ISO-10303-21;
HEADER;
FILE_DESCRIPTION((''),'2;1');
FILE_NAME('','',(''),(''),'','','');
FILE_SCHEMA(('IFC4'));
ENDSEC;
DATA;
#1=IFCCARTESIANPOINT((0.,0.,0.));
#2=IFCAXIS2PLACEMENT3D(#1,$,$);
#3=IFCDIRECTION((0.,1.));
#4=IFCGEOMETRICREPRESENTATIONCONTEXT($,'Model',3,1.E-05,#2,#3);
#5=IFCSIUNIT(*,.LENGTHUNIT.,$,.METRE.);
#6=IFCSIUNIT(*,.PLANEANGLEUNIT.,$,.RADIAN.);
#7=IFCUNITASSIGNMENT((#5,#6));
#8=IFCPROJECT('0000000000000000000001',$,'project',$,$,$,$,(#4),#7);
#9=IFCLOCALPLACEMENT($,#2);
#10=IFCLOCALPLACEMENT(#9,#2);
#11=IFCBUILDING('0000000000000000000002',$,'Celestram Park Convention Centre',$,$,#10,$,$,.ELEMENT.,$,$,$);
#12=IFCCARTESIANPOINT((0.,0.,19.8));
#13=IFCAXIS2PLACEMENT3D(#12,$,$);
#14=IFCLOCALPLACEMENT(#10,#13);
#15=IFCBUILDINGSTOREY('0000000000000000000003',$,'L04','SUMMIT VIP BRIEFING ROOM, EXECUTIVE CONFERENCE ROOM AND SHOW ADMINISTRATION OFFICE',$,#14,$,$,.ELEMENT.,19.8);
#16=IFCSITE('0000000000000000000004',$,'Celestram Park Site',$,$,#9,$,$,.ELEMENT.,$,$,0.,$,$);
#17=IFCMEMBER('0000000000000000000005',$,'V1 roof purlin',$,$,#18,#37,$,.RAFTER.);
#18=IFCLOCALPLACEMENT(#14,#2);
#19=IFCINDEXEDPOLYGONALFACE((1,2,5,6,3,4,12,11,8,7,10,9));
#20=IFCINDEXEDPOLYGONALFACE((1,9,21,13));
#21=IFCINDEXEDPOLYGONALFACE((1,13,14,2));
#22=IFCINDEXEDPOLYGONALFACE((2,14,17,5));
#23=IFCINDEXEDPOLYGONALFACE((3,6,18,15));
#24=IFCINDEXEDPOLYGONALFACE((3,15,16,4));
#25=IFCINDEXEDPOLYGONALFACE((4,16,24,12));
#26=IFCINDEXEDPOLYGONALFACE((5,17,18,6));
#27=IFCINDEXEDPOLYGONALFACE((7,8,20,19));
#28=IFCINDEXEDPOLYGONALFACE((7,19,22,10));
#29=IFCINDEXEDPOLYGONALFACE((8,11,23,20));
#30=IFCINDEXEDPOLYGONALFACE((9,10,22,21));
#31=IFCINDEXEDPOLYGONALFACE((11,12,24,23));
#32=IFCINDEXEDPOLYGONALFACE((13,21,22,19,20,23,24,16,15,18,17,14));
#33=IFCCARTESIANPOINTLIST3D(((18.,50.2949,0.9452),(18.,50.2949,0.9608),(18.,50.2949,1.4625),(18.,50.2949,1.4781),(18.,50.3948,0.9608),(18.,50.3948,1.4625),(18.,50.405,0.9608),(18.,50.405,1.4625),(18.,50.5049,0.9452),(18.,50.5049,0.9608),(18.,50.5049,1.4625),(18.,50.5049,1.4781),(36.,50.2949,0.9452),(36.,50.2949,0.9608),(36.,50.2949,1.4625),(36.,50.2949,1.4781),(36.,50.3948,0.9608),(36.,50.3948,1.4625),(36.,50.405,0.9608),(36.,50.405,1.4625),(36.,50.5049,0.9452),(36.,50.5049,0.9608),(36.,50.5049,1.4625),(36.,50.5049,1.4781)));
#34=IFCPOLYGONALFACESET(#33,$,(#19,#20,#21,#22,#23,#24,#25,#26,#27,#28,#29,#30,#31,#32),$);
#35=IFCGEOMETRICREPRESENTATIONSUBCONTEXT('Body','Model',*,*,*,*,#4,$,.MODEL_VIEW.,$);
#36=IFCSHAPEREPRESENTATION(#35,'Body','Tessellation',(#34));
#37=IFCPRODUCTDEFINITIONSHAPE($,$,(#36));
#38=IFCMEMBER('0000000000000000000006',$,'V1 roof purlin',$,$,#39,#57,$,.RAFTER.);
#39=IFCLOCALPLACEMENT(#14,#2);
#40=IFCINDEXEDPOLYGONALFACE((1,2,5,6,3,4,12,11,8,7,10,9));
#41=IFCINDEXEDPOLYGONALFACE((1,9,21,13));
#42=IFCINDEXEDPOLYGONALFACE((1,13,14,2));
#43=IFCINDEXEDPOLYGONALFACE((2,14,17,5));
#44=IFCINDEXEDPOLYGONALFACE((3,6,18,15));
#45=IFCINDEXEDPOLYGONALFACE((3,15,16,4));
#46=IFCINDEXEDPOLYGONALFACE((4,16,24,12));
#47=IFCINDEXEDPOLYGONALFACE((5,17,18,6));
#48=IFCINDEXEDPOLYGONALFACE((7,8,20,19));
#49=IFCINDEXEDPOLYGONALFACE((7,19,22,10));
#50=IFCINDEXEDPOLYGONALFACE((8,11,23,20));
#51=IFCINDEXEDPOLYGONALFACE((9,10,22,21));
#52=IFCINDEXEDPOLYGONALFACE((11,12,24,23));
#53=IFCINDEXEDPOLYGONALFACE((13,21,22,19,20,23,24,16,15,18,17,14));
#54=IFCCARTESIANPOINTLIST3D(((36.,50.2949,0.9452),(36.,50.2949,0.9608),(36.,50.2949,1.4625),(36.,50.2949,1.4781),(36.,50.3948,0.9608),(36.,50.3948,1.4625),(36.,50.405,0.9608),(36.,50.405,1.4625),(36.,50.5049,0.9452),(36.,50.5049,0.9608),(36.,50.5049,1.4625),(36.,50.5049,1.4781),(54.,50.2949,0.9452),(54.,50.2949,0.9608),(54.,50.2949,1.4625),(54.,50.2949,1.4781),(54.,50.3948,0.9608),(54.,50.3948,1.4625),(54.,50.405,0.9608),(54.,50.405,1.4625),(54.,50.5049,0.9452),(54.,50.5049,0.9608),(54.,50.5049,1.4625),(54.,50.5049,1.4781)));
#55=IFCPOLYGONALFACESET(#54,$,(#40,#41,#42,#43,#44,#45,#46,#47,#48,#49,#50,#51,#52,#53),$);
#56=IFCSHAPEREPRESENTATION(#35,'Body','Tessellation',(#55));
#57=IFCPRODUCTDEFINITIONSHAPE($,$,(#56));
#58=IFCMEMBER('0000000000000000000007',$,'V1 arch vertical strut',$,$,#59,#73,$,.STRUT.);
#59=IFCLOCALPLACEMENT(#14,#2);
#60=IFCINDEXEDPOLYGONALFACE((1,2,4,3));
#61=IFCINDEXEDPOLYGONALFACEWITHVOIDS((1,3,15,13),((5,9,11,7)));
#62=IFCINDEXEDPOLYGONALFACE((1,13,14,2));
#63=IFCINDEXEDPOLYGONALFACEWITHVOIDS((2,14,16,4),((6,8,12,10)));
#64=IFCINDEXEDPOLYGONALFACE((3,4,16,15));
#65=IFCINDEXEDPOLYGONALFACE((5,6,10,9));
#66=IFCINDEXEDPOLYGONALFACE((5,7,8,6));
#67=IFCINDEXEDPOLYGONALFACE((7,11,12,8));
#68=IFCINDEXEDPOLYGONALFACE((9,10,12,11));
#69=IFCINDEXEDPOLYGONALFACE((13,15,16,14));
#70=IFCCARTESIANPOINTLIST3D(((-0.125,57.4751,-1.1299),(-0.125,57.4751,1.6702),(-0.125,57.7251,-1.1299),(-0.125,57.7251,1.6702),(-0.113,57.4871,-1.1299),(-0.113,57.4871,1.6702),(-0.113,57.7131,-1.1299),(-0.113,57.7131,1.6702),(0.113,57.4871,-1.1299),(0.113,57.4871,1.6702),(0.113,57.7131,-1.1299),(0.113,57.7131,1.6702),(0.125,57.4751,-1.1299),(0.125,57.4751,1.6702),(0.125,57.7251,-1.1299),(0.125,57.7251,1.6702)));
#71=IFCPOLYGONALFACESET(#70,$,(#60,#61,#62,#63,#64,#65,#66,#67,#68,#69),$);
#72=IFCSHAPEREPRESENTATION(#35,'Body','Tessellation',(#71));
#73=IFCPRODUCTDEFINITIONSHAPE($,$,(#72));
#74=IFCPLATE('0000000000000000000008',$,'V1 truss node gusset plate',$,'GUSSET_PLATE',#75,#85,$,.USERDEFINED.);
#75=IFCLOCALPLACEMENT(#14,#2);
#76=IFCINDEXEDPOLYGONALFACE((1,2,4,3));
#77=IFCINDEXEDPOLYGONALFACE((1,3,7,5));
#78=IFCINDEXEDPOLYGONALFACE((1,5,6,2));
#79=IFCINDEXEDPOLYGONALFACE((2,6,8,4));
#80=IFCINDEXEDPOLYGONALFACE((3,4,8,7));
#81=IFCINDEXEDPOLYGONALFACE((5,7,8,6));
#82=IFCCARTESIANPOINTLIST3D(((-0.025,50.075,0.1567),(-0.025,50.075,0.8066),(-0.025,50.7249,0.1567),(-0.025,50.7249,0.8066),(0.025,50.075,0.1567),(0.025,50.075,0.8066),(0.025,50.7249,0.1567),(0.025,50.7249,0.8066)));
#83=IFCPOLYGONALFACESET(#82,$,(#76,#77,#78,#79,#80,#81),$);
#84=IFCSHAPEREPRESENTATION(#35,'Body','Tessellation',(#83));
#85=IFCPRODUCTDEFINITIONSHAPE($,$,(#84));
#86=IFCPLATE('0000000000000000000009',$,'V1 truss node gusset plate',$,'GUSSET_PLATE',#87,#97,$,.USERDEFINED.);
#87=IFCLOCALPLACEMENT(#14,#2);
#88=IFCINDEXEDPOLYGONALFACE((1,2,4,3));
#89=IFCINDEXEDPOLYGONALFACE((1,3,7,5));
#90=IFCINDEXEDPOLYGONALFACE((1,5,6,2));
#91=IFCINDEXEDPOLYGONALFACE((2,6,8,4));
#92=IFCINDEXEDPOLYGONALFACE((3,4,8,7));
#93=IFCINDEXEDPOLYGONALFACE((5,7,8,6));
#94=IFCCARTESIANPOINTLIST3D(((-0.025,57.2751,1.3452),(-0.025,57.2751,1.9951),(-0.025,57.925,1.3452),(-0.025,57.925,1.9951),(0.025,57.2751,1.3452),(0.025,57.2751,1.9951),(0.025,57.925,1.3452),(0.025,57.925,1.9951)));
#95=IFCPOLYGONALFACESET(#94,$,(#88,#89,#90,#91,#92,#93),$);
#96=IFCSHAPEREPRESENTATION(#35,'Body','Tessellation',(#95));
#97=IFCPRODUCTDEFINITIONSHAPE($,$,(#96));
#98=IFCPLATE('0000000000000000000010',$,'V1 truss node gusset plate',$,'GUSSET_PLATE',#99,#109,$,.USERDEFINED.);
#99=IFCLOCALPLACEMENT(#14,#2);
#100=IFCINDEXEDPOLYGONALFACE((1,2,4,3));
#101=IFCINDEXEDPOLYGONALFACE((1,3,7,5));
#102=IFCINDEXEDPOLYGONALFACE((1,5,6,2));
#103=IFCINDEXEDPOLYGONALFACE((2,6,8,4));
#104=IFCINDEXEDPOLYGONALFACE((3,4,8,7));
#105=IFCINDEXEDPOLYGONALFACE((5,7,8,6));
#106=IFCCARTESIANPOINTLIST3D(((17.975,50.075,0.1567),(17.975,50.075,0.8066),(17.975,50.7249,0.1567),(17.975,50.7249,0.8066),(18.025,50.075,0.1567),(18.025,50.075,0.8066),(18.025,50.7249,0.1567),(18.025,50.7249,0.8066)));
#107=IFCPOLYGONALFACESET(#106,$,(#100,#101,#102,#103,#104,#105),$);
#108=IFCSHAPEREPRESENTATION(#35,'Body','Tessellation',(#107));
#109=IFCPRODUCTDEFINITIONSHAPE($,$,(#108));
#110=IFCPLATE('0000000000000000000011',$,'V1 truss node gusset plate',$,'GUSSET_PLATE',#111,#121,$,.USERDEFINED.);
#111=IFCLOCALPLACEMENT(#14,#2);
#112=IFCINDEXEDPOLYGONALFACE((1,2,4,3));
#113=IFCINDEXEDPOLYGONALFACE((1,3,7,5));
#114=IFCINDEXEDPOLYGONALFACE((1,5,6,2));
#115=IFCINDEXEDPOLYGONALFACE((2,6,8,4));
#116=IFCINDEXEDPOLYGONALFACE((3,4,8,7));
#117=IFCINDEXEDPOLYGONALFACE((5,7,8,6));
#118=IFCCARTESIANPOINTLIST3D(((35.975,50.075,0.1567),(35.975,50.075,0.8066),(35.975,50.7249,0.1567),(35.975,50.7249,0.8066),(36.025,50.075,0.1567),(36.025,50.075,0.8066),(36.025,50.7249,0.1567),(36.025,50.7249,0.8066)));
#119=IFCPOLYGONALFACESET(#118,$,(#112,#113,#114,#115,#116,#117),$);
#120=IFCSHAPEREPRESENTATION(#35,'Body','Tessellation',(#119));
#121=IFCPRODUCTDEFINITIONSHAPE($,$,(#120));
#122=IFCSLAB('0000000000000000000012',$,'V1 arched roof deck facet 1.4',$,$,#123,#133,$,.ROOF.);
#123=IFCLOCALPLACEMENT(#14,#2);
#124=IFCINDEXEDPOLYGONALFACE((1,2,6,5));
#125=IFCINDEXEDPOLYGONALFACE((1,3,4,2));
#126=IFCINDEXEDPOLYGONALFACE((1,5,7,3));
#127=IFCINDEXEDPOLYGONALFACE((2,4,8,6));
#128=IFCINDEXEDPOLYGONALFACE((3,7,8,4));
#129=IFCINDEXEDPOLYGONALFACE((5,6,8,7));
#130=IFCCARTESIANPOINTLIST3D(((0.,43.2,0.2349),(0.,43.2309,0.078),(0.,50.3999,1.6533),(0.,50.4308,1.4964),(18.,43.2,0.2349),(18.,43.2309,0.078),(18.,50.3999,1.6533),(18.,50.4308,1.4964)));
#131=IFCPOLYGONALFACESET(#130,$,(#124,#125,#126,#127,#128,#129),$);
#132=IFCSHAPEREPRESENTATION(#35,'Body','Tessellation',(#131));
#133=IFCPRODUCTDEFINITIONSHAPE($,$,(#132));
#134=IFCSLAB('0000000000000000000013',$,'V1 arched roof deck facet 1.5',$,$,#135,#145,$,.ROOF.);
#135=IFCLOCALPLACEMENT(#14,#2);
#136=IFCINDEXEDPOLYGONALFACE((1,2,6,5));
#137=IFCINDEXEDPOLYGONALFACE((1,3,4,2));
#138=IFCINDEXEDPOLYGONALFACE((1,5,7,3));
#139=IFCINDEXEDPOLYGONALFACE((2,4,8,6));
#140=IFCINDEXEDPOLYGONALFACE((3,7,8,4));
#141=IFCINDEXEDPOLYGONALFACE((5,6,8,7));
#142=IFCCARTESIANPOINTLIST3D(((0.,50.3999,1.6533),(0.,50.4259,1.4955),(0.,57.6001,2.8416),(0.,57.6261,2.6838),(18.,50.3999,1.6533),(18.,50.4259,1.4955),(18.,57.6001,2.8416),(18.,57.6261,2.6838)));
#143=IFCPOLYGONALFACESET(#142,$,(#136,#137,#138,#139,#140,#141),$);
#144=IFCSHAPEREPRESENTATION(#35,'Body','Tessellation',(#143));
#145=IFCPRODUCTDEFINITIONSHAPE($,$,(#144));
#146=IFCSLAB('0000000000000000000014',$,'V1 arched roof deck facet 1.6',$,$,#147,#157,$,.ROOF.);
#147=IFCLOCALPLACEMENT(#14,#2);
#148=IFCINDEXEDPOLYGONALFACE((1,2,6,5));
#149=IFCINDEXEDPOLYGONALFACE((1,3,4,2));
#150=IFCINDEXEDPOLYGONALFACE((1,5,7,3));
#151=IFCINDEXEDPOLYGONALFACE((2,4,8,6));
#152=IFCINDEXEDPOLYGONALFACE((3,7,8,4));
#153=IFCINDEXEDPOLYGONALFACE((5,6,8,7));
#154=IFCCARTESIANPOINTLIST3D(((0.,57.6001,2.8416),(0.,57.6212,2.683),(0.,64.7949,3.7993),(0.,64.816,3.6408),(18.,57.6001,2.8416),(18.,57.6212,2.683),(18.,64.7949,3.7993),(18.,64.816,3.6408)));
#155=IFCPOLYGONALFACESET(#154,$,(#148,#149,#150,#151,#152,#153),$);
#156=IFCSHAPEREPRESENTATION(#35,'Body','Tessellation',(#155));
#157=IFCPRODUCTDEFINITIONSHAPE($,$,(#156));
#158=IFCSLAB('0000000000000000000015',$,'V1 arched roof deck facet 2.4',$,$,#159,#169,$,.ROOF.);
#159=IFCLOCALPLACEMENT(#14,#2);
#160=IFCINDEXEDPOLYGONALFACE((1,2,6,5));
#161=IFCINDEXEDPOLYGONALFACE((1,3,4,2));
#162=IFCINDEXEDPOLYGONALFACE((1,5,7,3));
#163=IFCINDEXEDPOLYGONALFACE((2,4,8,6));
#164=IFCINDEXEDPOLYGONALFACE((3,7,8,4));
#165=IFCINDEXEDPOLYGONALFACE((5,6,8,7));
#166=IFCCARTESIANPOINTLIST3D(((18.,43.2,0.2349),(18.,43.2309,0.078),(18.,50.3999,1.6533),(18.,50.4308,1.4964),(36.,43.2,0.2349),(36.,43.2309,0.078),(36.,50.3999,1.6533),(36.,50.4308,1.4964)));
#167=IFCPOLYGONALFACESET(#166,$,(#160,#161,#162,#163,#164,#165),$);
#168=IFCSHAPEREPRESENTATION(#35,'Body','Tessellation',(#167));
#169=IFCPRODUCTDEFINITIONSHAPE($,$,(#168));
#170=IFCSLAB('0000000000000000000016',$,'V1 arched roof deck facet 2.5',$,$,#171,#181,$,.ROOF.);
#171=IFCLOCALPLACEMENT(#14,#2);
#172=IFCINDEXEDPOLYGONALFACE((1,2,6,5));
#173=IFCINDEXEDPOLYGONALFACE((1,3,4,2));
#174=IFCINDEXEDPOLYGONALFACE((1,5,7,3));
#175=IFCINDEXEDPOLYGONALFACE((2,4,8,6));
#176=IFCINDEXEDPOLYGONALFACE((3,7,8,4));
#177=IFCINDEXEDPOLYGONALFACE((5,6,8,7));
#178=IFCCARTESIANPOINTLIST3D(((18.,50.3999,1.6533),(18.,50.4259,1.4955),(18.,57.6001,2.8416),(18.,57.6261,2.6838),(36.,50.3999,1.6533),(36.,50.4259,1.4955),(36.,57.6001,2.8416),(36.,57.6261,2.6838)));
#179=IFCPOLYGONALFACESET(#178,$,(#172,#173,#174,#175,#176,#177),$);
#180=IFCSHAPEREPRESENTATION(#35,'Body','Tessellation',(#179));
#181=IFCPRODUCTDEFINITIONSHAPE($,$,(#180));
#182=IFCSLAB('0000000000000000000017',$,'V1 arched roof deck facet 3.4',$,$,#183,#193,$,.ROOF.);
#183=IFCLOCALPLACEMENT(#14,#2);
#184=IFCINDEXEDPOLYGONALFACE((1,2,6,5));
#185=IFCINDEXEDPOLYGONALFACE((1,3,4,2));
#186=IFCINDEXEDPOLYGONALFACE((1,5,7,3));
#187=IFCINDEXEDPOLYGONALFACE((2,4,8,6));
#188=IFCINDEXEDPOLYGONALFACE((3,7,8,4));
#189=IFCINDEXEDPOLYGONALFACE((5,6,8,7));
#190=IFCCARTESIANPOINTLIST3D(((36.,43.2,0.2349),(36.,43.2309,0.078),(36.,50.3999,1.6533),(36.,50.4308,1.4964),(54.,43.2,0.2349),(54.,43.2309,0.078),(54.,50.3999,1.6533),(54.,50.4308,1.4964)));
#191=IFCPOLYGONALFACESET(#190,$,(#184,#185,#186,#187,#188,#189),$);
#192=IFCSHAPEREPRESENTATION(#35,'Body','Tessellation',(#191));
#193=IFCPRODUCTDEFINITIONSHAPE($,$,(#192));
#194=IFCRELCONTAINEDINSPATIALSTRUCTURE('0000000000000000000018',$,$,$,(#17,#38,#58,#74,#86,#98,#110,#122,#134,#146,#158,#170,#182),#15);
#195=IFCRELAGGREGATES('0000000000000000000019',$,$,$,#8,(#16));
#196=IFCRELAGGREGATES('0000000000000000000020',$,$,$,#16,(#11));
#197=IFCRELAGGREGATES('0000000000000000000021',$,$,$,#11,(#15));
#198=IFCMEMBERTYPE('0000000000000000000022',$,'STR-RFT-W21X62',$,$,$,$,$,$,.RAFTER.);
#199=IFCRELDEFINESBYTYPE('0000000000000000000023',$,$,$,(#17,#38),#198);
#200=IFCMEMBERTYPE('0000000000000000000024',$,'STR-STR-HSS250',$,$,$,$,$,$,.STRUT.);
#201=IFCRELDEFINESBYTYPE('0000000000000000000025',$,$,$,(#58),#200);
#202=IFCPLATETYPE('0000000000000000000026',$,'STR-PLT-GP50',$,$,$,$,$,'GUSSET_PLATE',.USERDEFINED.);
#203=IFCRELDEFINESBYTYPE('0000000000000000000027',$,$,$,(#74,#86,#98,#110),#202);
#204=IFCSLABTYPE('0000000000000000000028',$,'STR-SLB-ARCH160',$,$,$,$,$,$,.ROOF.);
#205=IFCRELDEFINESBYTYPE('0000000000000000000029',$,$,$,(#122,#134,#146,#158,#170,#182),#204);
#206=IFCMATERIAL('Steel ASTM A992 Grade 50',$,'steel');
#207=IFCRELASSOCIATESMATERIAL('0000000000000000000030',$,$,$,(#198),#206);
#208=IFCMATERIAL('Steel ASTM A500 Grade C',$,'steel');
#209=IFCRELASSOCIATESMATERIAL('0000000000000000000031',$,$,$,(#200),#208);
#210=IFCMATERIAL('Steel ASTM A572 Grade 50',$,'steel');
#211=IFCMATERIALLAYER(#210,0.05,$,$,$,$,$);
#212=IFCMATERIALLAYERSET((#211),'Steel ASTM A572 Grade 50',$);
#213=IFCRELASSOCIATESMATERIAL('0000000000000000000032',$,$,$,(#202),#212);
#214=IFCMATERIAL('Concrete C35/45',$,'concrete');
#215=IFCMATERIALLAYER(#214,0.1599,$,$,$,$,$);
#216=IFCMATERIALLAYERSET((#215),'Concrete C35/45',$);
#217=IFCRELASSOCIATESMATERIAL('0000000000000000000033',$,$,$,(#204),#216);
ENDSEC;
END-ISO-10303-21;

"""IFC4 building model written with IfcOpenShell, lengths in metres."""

from ifc_helpers import new_model, si_unit, direction, frame, origin, origin_2d, place, context, subcontext, project, spatial, polyline, rectangle, hollow_rectangle, i_section, outline, extrude, material, layer, layer_set, material_profile, profile_set, type_object, element, save


model = new_model("IFC4")

# Units and contexts
model_context = context("Model", 3, precision=1e-05, world=origin(), true_north=direction((0.0, 1.0)))
body_context = subcontext(model_context, "Body", "Model", "MODEL_VIEW")
ifc_project = project(units=[si_unit("LENGTHUNIT", "METRE"), si_unit("PLANEANGLEUNIT", "RADIAN")], contexts=[model_context])

# Site, building, storey
site_placement = place(None, origin())
site = spatial("IfcSite", under=ifc_project, at=site_placement, Name="Celestram Park Site", CompositionType="ELEMENT", RefElevation=0.0)
building_placement = place(site_placement, origin())
building = spatial("IfcBuilding", under=site, at=building_placement, Name="Celestram Park Convention Centre", CompositionType="ELEMENT")
storey_placement = place(building_placement, frame((0.0, 0.0, 19.8)))
storey = spatial("IfcBuildingStorey", under=building, at=storey_placement, Name="L04", Description="SUMMIT VIP BRIEFING ROOM, EXECUTIVE CONFERENCE ROOM AND SHOW ADMINISTRATION OFFICE", CompositionType="ELEMENT", Elevation=19.8)

# Members
ifc_material_1 = material(Name="Steel ASTM A500 Grade C", Category="steel")
ifc_material_2 = material(Name="Steel ASTM A992 Grade 50", Category="steel")
ifc_material_profile_1 = material_profile(ifc_material_2, i_section(OverallWidth=0.21, OverallDepth=0.533, WebThickness=0.0103, FlangeThickness=0.0156, at=origin_2d()), Name="W21X62")
ifc_profile_set_1 = profile_set([ifc_material_profile_1], Name="Steel ASTM A992 Grade 50")
member_type_1 = type_object("IfcMemberType", Name="STR-RFT-W21X62", PredefinedType="RAFTER", material=ifc_profile_set_1)
for number, where, z_axis, x_axis, name in (
    (1, (18.0, 50.3999, 1.2117), (1.0, 0.0, 0.0), (0.0, 1.0, 0.0), "V1 roof purlin"),
    (2, (36.0, 50.3999, 1.2117), (1.0, 0.0, 0.0), (0.0, 1.0, 0.0), "V1 roof purlin"),
):
    element("IfcMember", number, at=place(storey_placement, frame(where, z_axis=z_axis, x_axis=x_axis)), inside=storey, type_object=member_type_1, Name=name, PredefinedType="RAFTER", context=body_context, shape_type="SweptSolid", body=[
        extrude(i_section(OverallWidth=0.21, OverallDepth=0.533, WebThickness=0.0103, FlangeThickness=0.0156, at=origin_2d()), origin(), (0.0, 0.0, 1.0), 18.0),
    ])
ifc_material_profile_2 = material_profile(ifc_material_1, hollow_rectangle(XDim=0.25, YDim=0.25, WallThickness=0.012, at=origin_2d()), Name="HSS250X250X12")
ifc_profile_set_2 = profile_set([ifc_material_profile_2], Name="Steel ASTM A500 Grade C")
member_type_2 = type_object("IfcMemberType", Name="STR-STR-HSS250", PredefinedType="STRUT", material=ifc_profile_set_2)
member_1_placement = place(storey_placement, frame((0.0, 57.6001, -1.1299), z_axis=(0.0, 0.0, 1.0), x_axis=(1.0, 0.0, 0.0)))
element("IfcMember", 3, at=member_1_placement, inside=storey, type_object=member_type_2, Name="V1 arch vertical strut", PredefinedType="STRUT", context=body_context, shape_type="SweptSolid", body=[
    extrude(hollow_rectangle(XDim=0.25, YDim=0.25, WallThickness=0.012, at=origin_2d()), origin(), (0.0, 0.0, 1.0), 2.8),
])

# Plates
ifc_material_3 = material(Name="Steel ASTM A572 Grade 50", Category="steel")
ifc_layer_1 = layer(ifc_material_3, 0.05)
ifc_layer_set_1 = layer_set([ifc_layer_1], Name="Steel ASTM A572 Grade 50")
plate_type = type_object("IfcPlateType", Name="STR-PLT-GP50", ElementType="GUSSET_PLATE", PredefinedType="USERDEFINED", material=ifc_layer_set_1)
for number, where, z_axis, x_axis, name in (
    (4, (0.0, 50.3999, 0.1567), (0.0, 0.0, 1.0), (0.0, 1.0, 0.0), "V1 truss node gusset plate"),
    (5, (0.0, 57.6001, 1.3452), (0.0, 0.0, 1.0), (0.0, 1.0, 0.0), "V1 truss node gusset plate"),
    (6, (18.0, 50.3999, 0.1567), (0.0, 0.0, 1.0), (0.0, 1.0, 0.0), "V1 truss node gusset plate"),
    (7, (36.0, 50.3999, 0.1567), (0.0, 0.0, 1.0), (0.0, 1.0, 0.0), "V1 truss node gusset plate"),
):
    element("IfcPlate", number, at=place(storey_placement, frame(where, z_axis=z_axis, x_axis=x_axis)), inside=storey, type_object=plate_type, Name=name, ObjectType="GUSSET_PLATE", PredefinedType="USERDEFINED", context=body_context, shape_type="SweptSolid", body=[
        extrude(rectangle(XDim=0.6499, YDim=0.05, at=origin_2d()), origin(), (0.0, 0.0, 1.0), 0.6499),
    ])

# Slabs
ifc_material_4 = material(Name="Concrete C35/45", Category="concrete")
ifc_layer_2 = layer(ifc_material_4, 0.1599)
ifc_layer_set_2 = layer_set([ifc_layer_2], Name="Concrete C35/45")
slab_type = type_object("IfcSlabType", Name="STR-SLB-ARCH160", PredefinedType="ROOF", material=ifc_layer_set_2)
slab_1_placement = place(storey_placement, frame((0.0, 43.2, 0.2349), z_axis=(0.0, -0.193294, 0.981141), x_axis=(1.0, 0.0, 0.0)))
element("IfcSlab", 8, at=slab_1_placement, inside=storey, type_object=slab_type, Name="V1 arched roof deck facet 1.4", PredefinedType="ROOF", context=body_context, shape_type="SweptSolid", body=[
    extrude(outline(polyline([(0.0, 0.0), (18.0, 0.0), (18.0, 7.3383), (0.0, 7.3383), (0.0, 0.0)])), origin(), (0.0, 0.0, -1.0), 0.1599),
])
slab_2_placement = place(storey_placement, frame((0.0, 50.3999, 1.6533), z_axis=(0.0, -0.162825, 0.986655), x_axis=(1.0, 0.0, 0.0)))
element("IfcSlab", 9, at=slab_2_placement, inside=storey, type_object=slab_type, Name="V1 arched roof deck facet 1.5", PredefinedType="ROOF", context=body_context, shape_type="SweptSolid", body=[
    extrude(outline(polyline([(0.0, 0.0), (18.0, 0.0), (18.0, 7.2976), (0.0, 7.2976), (0.0, 0.0)])), origin(), (0.0, 0.0, -1.0), 0.1599),
])
slab_3_placement = place(storey_placement, frame((0.0, 57.6001, 2.8416), z_axis=(0.0, -0.131954, 0.991256), x_axis=(1.0, 0.0, 0.0)))
element("IfcSlab", 10, at=slab_3_placement, inside=storey, type_object=slab_type, Name="V1 arched roof deck facet 1.6", PredefinedType="ROOF", context=body_context, shape_type="SweptSolid", body=[
    extrude(outline(polyline([(0.0, 0.0), (18.0, 0.0), (18.0, 7.2583), (0.0, 7.2583), (0.0, 0.0)])), origin(), (0.0, 0.0, -1.0), 0.1599),
])
slab_4_placement = place(storey_placement, frame((18.0, 43.2, 0.2349), z_axis=(0.0, -0.193294, 0.981141), x_axis=(1.0, 0.0, 0.0)))
element("IfcSlab", 11, at=slab_4_placement, inside=storey, type_object=slab_type, Name="V1 arched roof deck facet 2.4", PredefinedType="ROOF", context=body_context, shape_type="SweptSolid", body=[
    extrude(outline(polyline([(0.0, 0.0), (18.0, 0.0), (18.0, 7.3383), (0.0, 7.3383), (0.0, 0.0)])), origin(), (0.0, 0.0, -1.0), 0.1599),
])
slab_5_placement = place(storey_placement, frame((18.0, 50.3999, 1.6533), z_axis=(0.0, -0.162825, 0.986655), x_axis=(1.0, 0.0, 0.0)))
element("IfcSlab", 12, at=slab_5_placement, inside=storey, type_object=slab_type, Name="V1 arched roof deck facet 2.5", PredefinedType="ROOF", context=body_context, shape_type="SweptSolid", body=[
    extrude(outline(polyline([(0.0, 0.0), (18.0, 0.0), (18.0, 7.2976), (0.0, 7.2976), (0.0, 0.0)])), origin(), (0.0, 0.0, -1.0), 0.1599),
])
slab_6_placement = place(storey_placement, frame((36.0, 43.2, 0.2349), z_axis=(0.0, -0.193294, 0.981141), x_axis=(1.0, 0.0, 0.0)))
element("IfcSlab", 13, at=slab_6_placement, inside=storey, type_object=slab_type, Name="V1 arched roof deck facet 3.4", PredefinedType="ROOF", context=body_context, shape_type="SweptSolid", body=[
    extrude(outline(polyline([(0.0, 0.0), (18.0, 0.0), (18.0, 7.3383), (0.0, 7.3383), (0.0, 0.0)])), origin(), (0.0, 0.0, -1.0), 0.1599),
])

save(model, "model.ifc")
